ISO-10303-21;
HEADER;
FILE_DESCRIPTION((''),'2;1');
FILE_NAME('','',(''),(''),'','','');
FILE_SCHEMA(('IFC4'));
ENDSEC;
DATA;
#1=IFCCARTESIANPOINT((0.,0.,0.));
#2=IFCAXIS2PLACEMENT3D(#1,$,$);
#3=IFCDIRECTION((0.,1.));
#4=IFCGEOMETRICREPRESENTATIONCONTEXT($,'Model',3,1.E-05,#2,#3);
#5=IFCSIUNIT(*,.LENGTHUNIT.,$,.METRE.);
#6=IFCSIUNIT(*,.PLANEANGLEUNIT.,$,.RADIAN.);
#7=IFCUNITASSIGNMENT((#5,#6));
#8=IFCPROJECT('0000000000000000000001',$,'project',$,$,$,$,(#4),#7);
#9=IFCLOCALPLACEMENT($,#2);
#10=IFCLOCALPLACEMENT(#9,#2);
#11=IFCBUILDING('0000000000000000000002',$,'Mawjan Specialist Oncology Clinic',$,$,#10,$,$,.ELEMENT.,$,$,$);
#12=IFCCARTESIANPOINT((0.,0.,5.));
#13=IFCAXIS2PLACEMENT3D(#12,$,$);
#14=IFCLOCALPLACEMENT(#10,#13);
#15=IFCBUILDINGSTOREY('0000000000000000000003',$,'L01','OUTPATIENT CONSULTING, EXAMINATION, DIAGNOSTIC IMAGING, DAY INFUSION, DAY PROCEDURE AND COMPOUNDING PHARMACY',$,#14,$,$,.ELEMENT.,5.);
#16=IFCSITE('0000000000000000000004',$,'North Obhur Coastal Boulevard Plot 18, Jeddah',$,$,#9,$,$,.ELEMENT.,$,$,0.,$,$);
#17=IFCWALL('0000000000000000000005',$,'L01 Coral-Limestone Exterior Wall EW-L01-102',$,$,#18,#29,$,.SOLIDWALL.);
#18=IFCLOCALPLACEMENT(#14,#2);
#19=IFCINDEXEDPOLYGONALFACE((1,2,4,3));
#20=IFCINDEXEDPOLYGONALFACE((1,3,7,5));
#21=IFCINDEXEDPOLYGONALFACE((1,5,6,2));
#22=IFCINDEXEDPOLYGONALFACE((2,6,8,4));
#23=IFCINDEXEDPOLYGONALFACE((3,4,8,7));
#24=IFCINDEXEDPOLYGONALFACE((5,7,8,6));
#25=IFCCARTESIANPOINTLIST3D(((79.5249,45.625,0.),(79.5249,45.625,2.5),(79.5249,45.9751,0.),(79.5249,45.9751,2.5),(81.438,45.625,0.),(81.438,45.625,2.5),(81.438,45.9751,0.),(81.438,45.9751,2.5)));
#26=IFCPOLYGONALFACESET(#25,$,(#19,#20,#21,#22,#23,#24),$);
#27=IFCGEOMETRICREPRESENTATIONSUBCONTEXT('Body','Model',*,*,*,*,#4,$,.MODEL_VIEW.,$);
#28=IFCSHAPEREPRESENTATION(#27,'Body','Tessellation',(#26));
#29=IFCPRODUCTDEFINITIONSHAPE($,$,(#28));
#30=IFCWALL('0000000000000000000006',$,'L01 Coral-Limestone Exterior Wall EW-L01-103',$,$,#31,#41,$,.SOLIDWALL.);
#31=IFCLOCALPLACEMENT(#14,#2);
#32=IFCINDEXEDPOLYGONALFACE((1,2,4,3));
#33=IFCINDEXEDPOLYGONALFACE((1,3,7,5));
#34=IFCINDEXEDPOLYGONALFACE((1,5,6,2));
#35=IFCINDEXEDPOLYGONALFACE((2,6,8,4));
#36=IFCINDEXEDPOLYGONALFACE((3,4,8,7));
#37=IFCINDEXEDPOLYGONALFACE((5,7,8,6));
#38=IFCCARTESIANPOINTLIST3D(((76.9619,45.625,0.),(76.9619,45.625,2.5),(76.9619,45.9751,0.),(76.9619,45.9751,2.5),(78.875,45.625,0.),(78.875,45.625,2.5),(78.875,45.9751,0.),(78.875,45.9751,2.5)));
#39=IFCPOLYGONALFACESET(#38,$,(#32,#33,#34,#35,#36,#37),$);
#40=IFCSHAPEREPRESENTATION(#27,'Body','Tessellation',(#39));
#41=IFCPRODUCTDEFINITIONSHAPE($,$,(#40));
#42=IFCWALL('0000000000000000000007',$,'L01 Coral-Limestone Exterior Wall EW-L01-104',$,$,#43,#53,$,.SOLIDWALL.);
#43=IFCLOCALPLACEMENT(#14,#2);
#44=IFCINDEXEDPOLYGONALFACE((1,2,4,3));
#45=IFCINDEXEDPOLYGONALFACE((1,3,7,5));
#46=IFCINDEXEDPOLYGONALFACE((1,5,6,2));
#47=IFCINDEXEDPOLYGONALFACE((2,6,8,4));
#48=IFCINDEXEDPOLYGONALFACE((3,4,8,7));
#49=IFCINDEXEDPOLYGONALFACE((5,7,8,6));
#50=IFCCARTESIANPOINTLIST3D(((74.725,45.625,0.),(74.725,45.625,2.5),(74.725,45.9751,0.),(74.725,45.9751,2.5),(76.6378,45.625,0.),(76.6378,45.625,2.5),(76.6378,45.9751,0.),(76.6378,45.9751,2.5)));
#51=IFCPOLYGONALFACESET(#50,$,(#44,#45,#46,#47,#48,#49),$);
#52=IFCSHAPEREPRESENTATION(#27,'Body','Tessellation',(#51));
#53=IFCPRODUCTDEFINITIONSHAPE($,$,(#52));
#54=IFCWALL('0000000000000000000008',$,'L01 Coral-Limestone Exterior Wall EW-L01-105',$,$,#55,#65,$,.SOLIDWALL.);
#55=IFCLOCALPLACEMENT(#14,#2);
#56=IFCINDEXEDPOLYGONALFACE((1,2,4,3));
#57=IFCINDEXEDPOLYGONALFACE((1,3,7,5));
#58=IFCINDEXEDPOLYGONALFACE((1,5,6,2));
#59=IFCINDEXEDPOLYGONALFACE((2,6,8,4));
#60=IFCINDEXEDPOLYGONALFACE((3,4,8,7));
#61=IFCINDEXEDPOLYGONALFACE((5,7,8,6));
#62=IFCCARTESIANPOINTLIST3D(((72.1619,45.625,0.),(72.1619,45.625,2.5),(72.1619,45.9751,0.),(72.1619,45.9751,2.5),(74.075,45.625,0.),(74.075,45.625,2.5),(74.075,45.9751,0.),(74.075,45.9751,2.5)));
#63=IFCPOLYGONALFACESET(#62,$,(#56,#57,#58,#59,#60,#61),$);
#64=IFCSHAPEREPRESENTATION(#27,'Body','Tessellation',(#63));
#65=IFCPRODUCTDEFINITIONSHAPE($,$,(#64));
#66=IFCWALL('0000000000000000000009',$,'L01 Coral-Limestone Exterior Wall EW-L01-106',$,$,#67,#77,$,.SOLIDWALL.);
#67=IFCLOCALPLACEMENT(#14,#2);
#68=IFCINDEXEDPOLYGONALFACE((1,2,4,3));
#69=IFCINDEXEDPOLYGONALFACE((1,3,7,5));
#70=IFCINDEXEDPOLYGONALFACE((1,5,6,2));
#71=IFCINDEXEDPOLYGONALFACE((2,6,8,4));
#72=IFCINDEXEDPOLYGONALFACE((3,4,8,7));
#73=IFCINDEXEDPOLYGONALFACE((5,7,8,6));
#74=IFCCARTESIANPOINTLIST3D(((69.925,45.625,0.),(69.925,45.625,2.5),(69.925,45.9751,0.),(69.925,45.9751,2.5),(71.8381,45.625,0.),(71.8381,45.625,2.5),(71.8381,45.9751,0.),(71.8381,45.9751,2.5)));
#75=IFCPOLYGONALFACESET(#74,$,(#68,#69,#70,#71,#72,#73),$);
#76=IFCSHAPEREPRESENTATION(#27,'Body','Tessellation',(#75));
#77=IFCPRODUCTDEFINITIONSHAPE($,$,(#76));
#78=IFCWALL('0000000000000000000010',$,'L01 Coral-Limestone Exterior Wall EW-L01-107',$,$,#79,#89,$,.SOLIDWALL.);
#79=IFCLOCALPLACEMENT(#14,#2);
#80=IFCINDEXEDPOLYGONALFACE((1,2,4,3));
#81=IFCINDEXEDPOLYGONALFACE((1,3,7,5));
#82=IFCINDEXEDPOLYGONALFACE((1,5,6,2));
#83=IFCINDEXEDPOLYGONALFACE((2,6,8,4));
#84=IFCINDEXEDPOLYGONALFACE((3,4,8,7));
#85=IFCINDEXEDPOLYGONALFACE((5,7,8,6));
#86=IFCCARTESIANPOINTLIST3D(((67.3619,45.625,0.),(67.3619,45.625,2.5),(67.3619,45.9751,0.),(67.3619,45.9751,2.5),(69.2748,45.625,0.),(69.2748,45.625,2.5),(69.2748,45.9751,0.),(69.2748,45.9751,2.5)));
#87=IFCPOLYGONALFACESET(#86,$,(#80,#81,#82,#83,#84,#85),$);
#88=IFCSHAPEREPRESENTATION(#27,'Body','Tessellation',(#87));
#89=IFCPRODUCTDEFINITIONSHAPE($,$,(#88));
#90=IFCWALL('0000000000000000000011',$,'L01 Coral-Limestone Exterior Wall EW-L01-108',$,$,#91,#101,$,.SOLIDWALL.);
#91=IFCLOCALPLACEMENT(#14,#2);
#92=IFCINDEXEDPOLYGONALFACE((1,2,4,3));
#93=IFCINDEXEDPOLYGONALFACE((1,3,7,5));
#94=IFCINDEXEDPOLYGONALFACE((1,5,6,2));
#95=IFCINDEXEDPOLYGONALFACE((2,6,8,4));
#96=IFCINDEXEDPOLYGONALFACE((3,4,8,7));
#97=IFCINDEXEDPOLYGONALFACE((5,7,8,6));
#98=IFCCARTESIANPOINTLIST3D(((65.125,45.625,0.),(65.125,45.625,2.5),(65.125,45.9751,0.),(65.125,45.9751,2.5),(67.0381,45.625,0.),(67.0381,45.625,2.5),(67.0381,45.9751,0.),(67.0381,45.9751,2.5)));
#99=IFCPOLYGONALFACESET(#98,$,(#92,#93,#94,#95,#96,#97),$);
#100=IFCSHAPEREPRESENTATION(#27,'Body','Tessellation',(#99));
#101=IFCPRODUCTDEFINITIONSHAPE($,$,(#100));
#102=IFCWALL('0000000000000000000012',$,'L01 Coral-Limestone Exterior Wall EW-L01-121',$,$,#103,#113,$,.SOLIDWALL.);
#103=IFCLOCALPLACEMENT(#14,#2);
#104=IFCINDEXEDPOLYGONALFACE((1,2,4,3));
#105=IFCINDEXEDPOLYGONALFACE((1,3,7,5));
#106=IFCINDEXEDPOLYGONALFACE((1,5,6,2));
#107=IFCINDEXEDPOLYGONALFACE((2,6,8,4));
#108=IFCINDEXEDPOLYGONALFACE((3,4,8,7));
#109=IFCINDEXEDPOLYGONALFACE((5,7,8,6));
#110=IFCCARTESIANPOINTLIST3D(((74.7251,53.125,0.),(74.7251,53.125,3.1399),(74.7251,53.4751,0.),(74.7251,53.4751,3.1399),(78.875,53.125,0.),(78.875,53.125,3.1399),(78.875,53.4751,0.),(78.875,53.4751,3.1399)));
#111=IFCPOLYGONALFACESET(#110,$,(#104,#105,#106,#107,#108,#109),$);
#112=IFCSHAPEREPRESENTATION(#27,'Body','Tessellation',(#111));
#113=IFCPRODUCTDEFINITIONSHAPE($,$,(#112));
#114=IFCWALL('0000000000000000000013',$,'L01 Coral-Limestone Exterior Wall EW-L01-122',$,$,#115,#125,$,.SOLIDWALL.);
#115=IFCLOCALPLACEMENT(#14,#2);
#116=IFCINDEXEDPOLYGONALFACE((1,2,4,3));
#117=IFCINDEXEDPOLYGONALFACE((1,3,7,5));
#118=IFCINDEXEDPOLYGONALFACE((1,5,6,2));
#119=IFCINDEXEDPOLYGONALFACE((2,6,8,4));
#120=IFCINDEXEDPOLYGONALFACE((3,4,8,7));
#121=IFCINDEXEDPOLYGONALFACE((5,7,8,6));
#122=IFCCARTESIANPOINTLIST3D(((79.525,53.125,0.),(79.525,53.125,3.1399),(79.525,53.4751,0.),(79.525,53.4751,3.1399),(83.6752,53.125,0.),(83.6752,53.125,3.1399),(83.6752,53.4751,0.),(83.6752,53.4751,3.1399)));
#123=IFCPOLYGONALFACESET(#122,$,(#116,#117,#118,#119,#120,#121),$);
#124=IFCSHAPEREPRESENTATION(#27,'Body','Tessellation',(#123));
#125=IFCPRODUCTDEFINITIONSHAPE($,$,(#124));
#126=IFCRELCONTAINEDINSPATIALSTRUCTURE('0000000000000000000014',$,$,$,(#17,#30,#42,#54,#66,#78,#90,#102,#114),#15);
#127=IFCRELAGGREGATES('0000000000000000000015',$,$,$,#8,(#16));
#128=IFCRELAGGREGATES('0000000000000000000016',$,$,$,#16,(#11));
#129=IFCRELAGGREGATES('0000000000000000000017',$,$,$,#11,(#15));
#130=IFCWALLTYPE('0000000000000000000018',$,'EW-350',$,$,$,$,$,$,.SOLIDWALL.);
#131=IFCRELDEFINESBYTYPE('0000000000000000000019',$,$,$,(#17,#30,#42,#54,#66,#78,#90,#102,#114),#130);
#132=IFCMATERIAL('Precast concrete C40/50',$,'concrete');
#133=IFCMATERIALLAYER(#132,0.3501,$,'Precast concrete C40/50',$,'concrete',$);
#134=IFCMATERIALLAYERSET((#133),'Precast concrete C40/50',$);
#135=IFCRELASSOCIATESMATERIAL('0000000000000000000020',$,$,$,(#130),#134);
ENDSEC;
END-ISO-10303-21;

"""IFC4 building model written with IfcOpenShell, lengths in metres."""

from ifc_helpers import new_model, si_unit, direction, frame, frame_2d, origin, place, context, subcontext, project, spatial, rectangle, extrude, material, layer, layer_set, type_object, element, save


model = new_model("IFC4")

# Units and contexts
model_context = context("Model", 3, precision=1e-05, world=origin(), true_north=direction((0.0, 1.0)))
body_context = subcontext(model_context, "Body", "Model", "MODEL_VIEW")
ifc_project = project(units=[si_unit("LENGTHUNIT", "METRE"), si_unit("PLANEANGLEUNIT", "RADIAN")], contexts=[model_context])

# Site, building, storey
site_placement = place(None, origin())
site = spatial("IfcSite", under=ifc_project, at=site_placement, Name="North Obhur Coastal Boulevard Plot 18, Jeddah", CompositionType="ELEMENT", RefElevation=0.0)
building_placement = place(site_placement, origin())
building = spatial("IfcBuilding", under=site, at=building_placement, Name="Mawjan Specialist Oncology Clinic", CompositionType="ELEMENT")
storey_placement = place(building_placement, frame((0.0, 0.0, 5.0)))
storey = spatial("IfcBuildingStorey", under=building, at=storey_placement, Name="L01", Description="OUTPATIENT CONSULTING, EXAMINATION, DIAGNOSTIC IMAGING, DAY INFUSION, DAY PROCEDURE AND COMPOUNDING PHARMACY", CompositionType="ELEMENT", Elevation=5.0)

# Walls
ifc_material_1 = material(Name="Precast concrete C40/50", Category="concrete")
ifc_layer = layer(ifc_material_1, 0.3501, Name="Precast concrete C40/50", Category="concrete")
ifc_layer_set = layer_set([ifc_layer], Name="Precast concrete C40/50")
wall_type = type_object("IfcWallType", Name="EW-350", PredefinedType="SOLIDWALL", material=ifc_layer_set)
for number, where, z_axis, x_axis, name in (
    (1, (81.438, 45.8, 0.0), (0.0, 0.0, 1.0), (-1.0, 0.0, 0.0), "L01 Coral-Limestone Exterior Wall EW-L01-102"),
    (2, (78.875, 45.8, 0.0), (0.0, 0.0, 1.0), (-1.0, 0.0, 0.0), "L01 Coral-Limestone Exterior Wall EW-L01-103"),
):
    element("IfcWall", number, at=place(storey_placement, frame(where, z_axis=z_axis, x_axis=x_axis)), inside=storey, type_object=wall_type, Name=name, PredefinedType="SOLIDWALL", context=body_context, shape_type="SweptSolid", body=[
        extrude(rectangle(XDim=1.9131, YDim=0.3501, at=frame_2d((0.9565, 0.0))), origin(), (0.0, 0.0, 1.0), 2.5),
    ])
wall_1_placement = place(storey_placement, frame((76.6379, 45.8, 0.0), z_axis=(0.0, 0.0, 1.0), x_axis=(-1.0, 0.0, 0.0)))
element("IfcWall", 3, at=wall_1_placement, inside=storey, type_object=wall_type, Name="L01 Coral-Limestone Exterior Wall EW-L01-104", PredefinedType="SOLIDWALL", context=body_context, shape_type="SweptSolid", body=[
    extrude(rectangle(XDim=1.9128, YDim=0.3501, at=frame_2d((0.9565, 0.0))), origin(), (0.0, 0.0, 1.0), 2.5),
])
for number, where, z_axis, x_axis, name in (
    (4, (74.075, 45.8, 0.0), (0.0, 0.0, 1.0), (-1.0, 0.0, 0.0), "L01 Coral-Limestone Exterior Wall EW-L01-105"),
    (5, (71.8381, 45.8, 0.0), (0.0, 0.0, 1.0), (-1.0, 0.0, 0.0), "L01 Coral-Limestone Exterior Wall EW-L01-106"),
):
    element("IfcWall", number, at=place(storey_placement, frame(where, z_axis=z_axis, x_axis=x_axis)), inside=storey, type_object=wall_type, Name=name, PredefinedType="SOLIDWALL", context=body_context, shape_type="SweptSolid", body=[
        extrude(rectangle(XDim=1.9131, YDim=0.3501, at=frame_2d((0.9565, 0.0))), origin(), (0.0, 0.0, 1.0), 2.5),
    ])
wall_2_placement = place(storey_placement, frame((69.2749, 45.8, 0.0), z_axis=(0.0, 0.0, 1.0), x_axis=(-1.0, 0.0, 0.0)))
element("IfcWall", 6, at=wall_2_placement, inside=storey, type_object=wall_type, Name="L01 Coral-Limestone Exterior Wall EW-L01-107", PredefinedType="SOLIDWALL", context=body_context, shape_type="SweptSolid", body=[
    extrude(rectangle(XDim=1.9128, YDim=0.3501, at=frame_2d((0.9565, 0.0))), origin(), (0.0, 0.0, 1.0), 2.5),
])
wall_3_placement = place(storey_placement, frame((67.0381, 45.8, 0.0), z_axis=(0.0, 0.0, 1.0), x_axis=(-1.0, 0.0, 0.0)))
element("IfcWall", 7, at=wall_3_placement, inside=storey, type_object=wall_type, Name="L01 Coral-Limestone Exterior Wall EW-L01-108", PredefinedType="SOLIDWALL", context=body_context, shape_type="SweptSolid", body=[
    extrude(rectangle(XDim=1.9131, YDim=0.3501, at=frame_2d((0.9565, 0.0))), origin(), (0.0, 0.0, 1.0), 2.5),
])
wall_4_placement = place(storey_placement, frame((74.7251, 53.3, 0.0), z_axis=(0.0, 0.0, 1.0), x_axis=(1.0, 0.0, 0.0)))
element("IfcWall", 8, at=wall_4_placement, inside=storey, type_object=wall_type, Name="L01 Coral-Limestone Exterior Wall EW-L01-121", PredefinedType="SOLIDWALL", context=body_context, shape_type="SweptSolid", body=[
    extrude(rectangle(XDim=4.1499, YDim=0.3501, at=frame_2d((2.075, 0.0))), origin(), (0.0, 0.0, 1.0), 3.1399),
])
wall_5_placement = place(storey_placement, frame((79.5249, 53.3, 0.0), z_axis=(0.0, 0.0, 1.0), x_axis=(1.0, 0.0, 0.0)))
element("IfcWall", 9, at=wall_5_placement, inside=storey, type_object=wall_type, Name="L01 Coral-Limestone Exterior Wall EW-L01-122", PredefinedType="SOLIDWALL", context=body_context, shape_type="SweptSolid", body=[
    extrude(rectangle(XDim=4.1501, YDim=0.3501, at=frame_2d((2.0752, 0.0))), origin(), (0.0, 0.0, 1.0), 3.1399),
])

save(model, "model.ifc")
